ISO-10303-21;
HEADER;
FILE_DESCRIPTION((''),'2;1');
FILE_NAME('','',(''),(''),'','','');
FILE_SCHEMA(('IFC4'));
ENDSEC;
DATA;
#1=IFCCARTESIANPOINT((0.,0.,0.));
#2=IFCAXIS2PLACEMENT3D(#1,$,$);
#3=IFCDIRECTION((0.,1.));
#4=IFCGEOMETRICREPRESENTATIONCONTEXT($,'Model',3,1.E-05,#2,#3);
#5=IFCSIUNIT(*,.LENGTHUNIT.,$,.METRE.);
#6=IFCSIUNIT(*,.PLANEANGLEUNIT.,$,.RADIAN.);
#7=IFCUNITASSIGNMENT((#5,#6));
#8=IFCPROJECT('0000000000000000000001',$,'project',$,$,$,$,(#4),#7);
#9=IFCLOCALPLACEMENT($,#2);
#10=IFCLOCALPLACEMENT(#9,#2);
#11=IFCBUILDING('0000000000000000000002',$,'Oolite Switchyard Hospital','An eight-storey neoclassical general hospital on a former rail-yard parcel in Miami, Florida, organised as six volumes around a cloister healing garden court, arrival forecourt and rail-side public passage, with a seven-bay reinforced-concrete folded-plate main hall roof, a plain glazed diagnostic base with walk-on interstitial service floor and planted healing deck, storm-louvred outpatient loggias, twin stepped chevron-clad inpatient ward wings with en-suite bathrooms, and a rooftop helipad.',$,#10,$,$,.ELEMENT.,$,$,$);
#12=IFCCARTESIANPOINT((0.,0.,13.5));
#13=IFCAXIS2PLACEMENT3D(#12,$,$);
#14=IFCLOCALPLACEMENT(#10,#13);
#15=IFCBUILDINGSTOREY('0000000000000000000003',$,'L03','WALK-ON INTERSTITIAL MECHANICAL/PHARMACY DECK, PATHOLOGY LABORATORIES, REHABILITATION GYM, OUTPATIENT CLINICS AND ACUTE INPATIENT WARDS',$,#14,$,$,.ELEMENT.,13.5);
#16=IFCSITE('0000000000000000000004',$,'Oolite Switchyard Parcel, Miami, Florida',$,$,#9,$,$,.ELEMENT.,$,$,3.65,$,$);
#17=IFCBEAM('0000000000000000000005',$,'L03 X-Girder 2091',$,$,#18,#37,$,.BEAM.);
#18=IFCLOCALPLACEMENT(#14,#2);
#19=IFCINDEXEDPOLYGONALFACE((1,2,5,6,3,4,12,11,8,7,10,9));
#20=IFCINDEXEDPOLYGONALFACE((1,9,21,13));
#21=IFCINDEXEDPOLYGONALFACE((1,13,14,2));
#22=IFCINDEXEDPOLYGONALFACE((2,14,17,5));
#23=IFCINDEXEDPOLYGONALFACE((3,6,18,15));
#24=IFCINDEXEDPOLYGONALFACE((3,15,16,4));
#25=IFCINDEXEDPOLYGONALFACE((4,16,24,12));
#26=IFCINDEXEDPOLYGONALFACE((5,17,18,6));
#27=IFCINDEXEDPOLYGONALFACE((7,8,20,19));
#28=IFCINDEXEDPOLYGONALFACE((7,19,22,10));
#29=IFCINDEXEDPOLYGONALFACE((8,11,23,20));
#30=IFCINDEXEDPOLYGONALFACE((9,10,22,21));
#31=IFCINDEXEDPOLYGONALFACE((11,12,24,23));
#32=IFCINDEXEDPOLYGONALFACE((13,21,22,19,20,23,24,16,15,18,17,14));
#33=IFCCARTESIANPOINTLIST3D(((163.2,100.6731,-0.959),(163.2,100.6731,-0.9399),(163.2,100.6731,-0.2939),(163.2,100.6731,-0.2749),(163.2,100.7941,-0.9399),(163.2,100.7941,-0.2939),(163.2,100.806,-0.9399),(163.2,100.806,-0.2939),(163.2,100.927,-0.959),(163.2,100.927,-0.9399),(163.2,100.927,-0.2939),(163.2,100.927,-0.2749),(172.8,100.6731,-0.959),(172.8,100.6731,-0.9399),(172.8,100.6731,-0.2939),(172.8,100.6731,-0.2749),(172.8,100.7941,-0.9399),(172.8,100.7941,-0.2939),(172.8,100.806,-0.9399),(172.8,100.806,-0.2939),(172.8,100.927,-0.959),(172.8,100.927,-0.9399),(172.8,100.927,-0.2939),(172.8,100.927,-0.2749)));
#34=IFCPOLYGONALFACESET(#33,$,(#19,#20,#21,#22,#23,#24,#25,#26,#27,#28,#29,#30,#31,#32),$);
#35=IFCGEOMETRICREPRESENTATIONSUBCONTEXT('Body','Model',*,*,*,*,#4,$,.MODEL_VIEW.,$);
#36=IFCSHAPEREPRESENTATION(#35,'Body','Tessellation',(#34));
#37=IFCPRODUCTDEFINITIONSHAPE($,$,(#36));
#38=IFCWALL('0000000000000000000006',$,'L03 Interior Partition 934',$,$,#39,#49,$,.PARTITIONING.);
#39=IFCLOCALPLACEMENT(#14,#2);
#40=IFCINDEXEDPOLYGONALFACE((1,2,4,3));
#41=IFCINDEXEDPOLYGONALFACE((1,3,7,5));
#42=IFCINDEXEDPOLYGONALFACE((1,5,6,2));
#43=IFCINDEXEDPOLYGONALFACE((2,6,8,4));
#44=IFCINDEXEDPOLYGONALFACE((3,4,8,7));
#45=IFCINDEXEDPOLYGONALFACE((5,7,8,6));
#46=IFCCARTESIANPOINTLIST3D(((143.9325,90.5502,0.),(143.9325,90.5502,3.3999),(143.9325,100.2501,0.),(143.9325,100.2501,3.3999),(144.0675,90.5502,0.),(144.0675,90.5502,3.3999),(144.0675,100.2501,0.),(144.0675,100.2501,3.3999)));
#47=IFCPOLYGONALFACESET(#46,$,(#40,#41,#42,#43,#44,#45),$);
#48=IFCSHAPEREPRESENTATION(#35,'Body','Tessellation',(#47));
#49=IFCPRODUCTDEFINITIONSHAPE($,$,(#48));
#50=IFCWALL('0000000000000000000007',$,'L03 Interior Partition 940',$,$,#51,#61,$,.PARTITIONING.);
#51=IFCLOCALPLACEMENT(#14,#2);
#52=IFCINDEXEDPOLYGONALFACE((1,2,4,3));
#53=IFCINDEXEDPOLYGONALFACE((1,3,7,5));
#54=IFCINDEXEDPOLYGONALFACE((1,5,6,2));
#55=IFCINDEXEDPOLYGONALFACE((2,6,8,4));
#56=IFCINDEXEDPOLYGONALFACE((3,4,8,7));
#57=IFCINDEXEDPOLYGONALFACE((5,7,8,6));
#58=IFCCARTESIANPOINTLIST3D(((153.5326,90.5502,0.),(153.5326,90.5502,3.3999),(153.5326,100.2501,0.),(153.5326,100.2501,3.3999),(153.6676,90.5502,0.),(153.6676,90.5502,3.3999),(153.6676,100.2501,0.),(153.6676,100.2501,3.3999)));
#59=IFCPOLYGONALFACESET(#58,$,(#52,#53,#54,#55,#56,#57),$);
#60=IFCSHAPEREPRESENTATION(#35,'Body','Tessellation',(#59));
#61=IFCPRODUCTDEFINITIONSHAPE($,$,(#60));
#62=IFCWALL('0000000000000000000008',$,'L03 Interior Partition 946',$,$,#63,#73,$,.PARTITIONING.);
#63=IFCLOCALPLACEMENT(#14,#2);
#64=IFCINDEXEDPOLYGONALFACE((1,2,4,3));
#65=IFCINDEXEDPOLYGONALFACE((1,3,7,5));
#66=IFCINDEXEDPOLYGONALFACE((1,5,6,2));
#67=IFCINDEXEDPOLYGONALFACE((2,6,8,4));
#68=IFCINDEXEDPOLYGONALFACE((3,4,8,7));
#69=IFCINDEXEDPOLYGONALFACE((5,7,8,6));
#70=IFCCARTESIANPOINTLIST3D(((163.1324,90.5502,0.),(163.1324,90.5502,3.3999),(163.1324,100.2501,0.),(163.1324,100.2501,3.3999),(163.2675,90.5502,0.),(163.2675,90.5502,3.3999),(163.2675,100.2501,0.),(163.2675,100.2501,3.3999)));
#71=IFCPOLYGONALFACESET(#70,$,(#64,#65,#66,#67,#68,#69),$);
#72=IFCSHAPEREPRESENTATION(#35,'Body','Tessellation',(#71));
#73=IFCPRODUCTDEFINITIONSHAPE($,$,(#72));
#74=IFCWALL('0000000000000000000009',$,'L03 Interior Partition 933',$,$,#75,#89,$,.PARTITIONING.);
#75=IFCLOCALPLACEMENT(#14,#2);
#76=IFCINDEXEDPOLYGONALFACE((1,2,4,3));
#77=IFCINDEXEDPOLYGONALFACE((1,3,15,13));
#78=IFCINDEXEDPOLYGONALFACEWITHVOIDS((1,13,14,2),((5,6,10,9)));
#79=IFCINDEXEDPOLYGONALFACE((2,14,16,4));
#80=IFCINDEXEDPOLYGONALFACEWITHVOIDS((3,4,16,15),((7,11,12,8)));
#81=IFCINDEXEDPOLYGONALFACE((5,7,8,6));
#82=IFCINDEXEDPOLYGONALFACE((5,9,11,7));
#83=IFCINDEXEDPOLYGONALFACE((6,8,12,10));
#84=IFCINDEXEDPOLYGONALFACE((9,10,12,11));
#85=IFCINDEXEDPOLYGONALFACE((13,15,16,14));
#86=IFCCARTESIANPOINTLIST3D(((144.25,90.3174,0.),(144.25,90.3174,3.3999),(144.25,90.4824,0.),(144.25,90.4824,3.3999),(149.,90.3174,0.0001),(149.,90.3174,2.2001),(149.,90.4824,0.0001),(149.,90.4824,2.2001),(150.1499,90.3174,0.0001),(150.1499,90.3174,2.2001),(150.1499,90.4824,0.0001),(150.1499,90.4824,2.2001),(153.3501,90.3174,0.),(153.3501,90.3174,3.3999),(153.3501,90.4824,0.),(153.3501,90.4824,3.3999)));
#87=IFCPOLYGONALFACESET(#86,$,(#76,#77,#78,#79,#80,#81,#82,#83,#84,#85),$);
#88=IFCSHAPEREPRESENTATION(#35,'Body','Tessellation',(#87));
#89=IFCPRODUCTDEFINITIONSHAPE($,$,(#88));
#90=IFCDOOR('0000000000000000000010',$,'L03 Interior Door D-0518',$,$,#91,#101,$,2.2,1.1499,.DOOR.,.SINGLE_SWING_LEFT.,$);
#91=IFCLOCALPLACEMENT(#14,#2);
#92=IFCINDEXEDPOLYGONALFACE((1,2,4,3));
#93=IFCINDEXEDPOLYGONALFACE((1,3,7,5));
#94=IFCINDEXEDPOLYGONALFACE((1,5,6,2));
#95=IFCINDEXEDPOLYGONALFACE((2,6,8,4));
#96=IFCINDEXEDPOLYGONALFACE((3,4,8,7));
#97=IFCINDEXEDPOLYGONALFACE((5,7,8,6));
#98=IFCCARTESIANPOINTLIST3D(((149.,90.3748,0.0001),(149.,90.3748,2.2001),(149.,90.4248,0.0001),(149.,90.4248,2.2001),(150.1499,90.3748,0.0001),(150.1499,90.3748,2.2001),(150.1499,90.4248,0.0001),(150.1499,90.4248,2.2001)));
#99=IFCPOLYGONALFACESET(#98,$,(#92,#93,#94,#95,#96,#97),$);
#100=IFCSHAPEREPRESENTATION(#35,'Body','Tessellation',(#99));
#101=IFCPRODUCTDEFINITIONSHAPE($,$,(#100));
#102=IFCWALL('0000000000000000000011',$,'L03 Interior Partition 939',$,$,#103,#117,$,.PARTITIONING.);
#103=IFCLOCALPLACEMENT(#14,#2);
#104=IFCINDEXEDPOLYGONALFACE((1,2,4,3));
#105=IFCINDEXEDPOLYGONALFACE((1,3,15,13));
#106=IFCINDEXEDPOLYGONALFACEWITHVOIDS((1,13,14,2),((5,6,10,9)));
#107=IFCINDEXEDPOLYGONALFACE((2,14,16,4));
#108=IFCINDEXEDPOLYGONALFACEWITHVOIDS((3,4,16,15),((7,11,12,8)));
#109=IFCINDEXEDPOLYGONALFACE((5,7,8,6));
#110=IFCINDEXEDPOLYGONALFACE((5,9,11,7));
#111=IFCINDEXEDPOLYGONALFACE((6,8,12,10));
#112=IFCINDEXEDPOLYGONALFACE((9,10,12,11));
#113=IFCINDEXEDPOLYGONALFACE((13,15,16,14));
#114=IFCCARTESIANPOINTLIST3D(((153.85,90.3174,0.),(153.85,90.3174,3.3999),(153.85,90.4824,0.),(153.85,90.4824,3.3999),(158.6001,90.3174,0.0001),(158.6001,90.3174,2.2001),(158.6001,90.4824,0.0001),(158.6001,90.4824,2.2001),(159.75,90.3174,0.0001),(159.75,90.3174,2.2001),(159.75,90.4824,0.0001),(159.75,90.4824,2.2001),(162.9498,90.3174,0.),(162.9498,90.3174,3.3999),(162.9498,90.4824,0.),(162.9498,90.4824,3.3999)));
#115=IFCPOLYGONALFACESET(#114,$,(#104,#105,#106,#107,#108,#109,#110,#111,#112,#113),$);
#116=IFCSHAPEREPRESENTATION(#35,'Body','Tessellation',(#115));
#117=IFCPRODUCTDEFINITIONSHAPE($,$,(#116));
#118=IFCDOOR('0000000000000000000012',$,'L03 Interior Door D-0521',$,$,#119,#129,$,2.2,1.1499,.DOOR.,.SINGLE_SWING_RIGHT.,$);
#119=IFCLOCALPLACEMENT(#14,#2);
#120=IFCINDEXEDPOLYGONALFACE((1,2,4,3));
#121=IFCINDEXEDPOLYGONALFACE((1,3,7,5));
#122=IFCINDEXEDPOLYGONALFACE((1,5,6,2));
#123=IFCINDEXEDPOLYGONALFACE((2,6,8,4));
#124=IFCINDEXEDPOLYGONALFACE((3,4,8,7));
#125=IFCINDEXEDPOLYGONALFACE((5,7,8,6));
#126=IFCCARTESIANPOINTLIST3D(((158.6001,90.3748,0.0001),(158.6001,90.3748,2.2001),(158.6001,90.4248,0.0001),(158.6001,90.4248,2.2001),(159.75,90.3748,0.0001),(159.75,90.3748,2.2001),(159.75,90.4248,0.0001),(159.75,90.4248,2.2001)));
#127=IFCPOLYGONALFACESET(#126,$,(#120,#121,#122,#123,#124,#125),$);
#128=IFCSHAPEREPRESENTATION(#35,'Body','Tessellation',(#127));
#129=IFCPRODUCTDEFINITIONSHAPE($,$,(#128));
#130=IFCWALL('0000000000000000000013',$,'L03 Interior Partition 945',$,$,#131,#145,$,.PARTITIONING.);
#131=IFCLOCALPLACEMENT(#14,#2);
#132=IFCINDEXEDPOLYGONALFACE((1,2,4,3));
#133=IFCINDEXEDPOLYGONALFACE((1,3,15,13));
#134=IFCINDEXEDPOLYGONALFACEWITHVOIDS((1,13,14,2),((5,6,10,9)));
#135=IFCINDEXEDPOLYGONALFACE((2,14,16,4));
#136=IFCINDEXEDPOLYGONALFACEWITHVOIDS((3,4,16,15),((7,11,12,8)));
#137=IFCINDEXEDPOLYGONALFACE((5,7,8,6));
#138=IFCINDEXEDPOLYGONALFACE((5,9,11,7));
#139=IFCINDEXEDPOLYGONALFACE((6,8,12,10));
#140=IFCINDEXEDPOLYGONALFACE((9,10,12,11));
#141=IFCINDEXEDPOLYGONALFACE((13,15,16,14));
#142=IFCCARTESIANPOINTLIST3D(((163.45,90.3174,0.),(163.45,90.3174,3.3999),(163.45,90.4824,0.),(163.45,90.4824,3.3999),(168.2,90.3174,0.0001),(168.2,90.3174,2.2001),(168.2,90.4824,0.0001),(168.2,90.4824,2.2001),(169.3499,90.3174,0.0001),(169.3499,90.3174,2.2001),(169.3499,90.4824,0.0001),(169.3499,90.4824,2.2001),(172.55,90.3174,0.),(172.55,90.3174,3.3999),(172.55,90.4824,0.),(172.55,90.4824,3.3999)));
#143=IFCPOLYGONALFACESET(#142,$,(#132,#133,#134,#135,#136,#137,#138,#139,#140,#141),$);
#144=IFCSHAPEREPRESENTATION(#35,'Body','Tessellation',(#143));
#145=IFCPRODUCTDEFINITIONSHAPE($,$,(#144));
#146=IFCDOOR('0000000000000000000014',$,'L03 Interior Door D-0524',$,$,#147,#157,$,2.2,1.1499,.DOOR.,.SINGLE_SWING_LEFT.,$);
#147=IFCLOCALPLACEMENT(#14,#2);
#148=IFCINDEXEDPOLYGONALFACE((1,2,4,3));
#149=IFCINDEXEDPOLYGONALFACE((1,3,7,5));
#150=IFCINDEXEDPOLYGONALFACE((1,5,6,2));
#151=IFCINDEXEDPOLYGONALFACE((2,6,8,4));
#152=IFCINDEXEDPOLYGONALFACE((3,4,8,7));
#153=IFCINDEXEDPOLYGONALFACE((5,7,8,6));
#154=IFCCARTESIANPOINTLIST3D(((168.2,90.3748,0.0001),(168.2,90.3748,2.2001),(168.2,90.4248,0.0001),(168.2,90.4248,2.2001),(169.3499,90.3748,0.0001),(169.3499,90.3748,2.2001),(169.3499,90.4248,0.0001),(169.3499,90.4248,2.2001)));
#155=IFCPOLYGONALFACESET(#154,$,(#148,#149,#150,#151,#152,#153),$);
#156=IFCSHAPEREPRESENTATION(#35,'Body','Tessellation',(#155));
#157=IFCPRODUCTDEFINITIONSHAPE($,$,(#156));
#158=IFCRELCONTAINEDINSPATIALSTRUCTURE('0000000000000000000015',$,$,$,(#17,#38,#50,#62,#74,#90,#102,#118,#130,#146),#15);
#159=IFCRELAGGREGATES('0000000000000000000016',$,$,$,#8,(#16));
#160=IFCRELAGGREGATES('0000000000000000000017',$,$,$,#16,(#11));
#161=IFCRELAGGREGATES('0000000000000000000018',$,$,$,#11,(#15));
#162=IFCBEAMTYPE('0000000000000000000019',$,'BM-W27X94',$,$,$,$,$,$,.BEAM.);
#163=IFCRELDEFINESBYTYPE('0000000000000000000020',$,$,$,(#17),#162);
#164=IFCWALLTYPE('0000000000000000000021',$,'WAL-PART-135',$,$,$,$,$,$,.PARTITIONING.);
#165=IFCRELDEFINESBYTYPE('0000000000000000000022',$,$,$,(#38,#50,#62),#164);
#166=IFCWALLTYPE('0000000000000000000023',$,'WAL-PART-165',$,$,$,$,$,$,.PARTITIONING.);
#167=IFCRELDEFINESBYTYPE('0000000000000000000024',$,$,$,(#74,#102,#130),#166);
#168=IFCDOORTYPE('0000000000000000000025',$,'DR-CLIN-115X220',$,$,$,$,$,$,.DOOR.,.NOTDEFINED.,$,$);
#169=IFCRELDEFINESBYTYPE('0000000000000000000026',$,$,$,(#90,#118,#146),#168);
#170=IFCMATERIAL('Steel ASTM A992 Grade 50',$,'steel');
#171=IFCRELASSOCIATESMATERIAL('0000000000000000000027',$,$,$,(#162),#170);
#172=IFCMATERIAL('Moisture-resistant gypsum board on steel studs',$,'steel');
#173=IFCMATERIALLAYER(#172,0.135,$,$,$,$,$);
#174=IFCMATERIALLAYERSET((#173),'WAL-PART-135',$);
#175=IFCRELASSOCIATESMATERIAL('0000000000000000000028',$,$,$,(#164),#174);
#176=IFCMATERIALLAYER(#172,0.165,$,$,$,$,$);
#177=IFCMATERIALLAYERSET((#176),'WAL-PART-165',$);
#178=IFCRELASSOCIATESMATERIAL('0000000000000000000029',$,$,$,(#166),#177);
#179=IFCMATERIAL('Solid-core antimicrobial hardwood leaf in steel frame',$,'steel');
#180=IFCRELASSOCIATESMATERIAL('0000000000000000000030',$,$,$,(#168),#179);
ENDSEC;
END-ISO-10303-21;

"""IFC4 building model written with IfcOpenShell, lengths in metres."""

from ifc_helpers import new_model, si_unit, direction, frame, frame_2d, origin, origin_2d, place, context, subcontext, project, spatial, rectangle, i_section, extrude, material, layer, layer_set, material_profile, profile_set, type_object, element, fill, save


model = new_model("IFC4")

# Units and contexts
model_context = context("Model", 3, precision=1e-05, world=origin(), true_north=direction((0.0, 1.0)))
body_context = subcontext(model_context, "Body", "Model", "MODEL_VIEW")
ifc_project = project(units=[si_unit("LENGTHUNIT", "METRE"), si_unit("PLANEANGLEUNIT", "RADIAN")], contexts=[model_context])

# Site, building, storey
site_placement = place(None, origin())
site = spatial("IfcSite", under=ifc_project, at=site_placement, Name="Oolite Switchyard Parcel, Miami, Florida", CompositionType="ELEMENT", RefElevation=3.65)
building_placement = place(site_placement, origin())
building = spatial("IfcBuilding", under=site, at=building_placement, Name="Oolite Switchyard Hospital", Description="An eight-storey neoclassical general hospital on a former rail-yard parcel in Miami, Florida, organised as six volumes around a cloister healing garden court, arrival forecourt and rail-side public passage, with a seven-bay reinforced-concrete folded-plate main hall roof, a plain glazed diagnostic base with walk-on interstitial service floor and planted healing deck, storm-louvred outpatient loggias, twin stepped chevron-clad inpatient ward wings with en-suite bathrooms, and a rooftop helipad.", CompositionType="ELEMENT")
storey_placement = place(building_placement, frame((0.0, 0.0, 13.5)))
storey = spatial("IfcBuildingStorey", under=building, at=storey_placement, Name="L03", Description="WALK-ON INTERSTITIAL MECHANICAL/PHARMACY DECK, PATHOLOGY LABORATORIES, REHABILITATION GYM, OUTPATIENT CLINICS AND ACUTE INPATIENT WARDS", CompositionType="ELEMENT", Elevation=13.5)

# Beam
ifc_material_1 = material(Name="Steel ASTM A992 Grade 50", Category="steel")
ifc_material_profile_1 = material_profile(ifc_material_1, i_section(OverallWidth=0.2539, OverallDepth=0.6841, WebThickness=0.012, FlangeThickness=0.019, at=origin_2d()), Name="W27X94")
ifc_profile_set_1 = profile_set([ifc_material_profile_1], Name="Steel ASTM A992 Grade 50")
beam_type_1 = type_object("IfcBeamType", Name="BM-W27X94", PredefinedType="BEAM", material=ifc_profile_set_1)
beam_1_placement = place(storey_placement, frame((163.2, 100.8, -0.6169), z_axis=(1.0, 0.0, 0.0), x_axis=(0.0, 1.0, 0.0)))
element("IfcBeam", 1, at=beam_1_placement, inside=storey, type_object=beam_type_1, Name="L03 X-Girder 2091", PredefinedType="BEAM", context=body_context, shape_type="SweptSolid", body=[
    extrude(i_section(OverallWidth=0.2539, OverallDepth=0.6841, WebThickness=0.012, FlangeThickness=0.019, at=origin_2d()), origin(), (0.0, 0.0, 1.0), 9.6001),
])

# Walls
ifc_material_2 = material(Name="Moisture-resistant gypsum board on steel studs", Category="steel")
ifc_layer_1 = layer(ifc_material_2, 0.135)
ifc_layer_set_1 = layer_set([ifc_layer_1], Name="WAL-PART-135")
wall_type_1 = type_object("IfcWallType", Name="WAL-PART-135", PredefinedType="PARTITIONING", material=ifc_layer_set_1)
for number, where, z_axis, x_axis, name in (
    (2, (144.0, 90.55, 0.0), (0.0, 0.0, 1.0), (0.0, 1.0, 0.0), "L03 Interior Partition 934"),
    (3, (153.6001, 90.55, 0.0), (0.0, 0.0, 1.0), (0.0, 1.0, 0.0), "L03 Interior Partition 940"),
    (4, (163.2, 90.55, 0.0), (0.0, 0.0, 1.0), (0.0, 1.0, 0.0), "L03 Interior Partition 946"),
):
    element("IfcWall", number, at=place(storey_placement, frame(where, z_axis=z_axis, x_axis=x_axis)), inside=storey, type_object=wall_type_1, Name=name, PredefinedType="PARTITIONING", context=body_context, shape_type="SweptSolid", body=[
        extrude(rectangle(XDim=9.7, YDim=0.135, at=frame_2d((4.8501, 0.0))), origin(), (0.0, 0.0, 1.0), 3.3999),
    ])

# Walls, openings, doors
ifc_layer_2 = layer(ifc_material_2, 0.165)
ifc_layer_set_2 = layer_set([ifc_layer_2], Name="WAL-PART-165")
wall_type_2 = type_object("IfcWallType", Name="WAL-PART-165", PredefinedType="PARTITIONING", material=ifc_layer_set_2)
wall_1_placement = place(storey_placement, frame((144.25, 90.3999, 0.0), z_axis=(0.0, 0.0, 1.0), x_axis=(1.0, 0.0, 0.0)))
wall_1 = element("IfcWall", 5, at=wall_1_placement, inside=storey, type_object=wall_type_2, Name="L03 Interior Partition 933", PredefinedType="PARTITIONING", context=body_context, shape_type="SweptSolid", body=[
    extrude(rectangle(XDim=9.1001, YDim=0.165, at=frame_2d((4.55, 0.0))), origin(), (0.0, 0.0, 1.0), 3.3999),
])
opening_1_placement = place(wall_1_placement, frame((4.75, 0.0, 0.0)))
opening_1 = element("IfcOpeningElement", 6, at=opening_1_placement, cuts=wall_1, PredefinedType="OPENING", context=body_context, shape_type="SweptSolid", body=[
    extrude(rectangle(XDim=1.1499, YDim=2.2, at=frame_2d((0.575, 1.1001))), frame((0.0, 0.0925, 0.0), z_axis=(0.0, -1.0, 0.0), x_axis=(1.0, 0.0, 0.0)), (0.0, 0.0, 1.0), 0.1851),
])
ifc_material_3 = material(Name="Solid-core antimicrobial hardwood leaf in steel frame", Category="steel")
door_type = type_object("IfcDoorType", Name="DR-CLIN-115X220", OperationType="NOTDEFINED", PredefinedType="DOOR", material=ifc_material_3)
door_1_placement = place(opening_1_placement, origin())
door_1 = element("IfcDoor", 7, at=door_1_placement, inside=storey, type_object=door_type, Name="L03 Interior Door D-0518", OperationType="SINGLE_SWING_LEFT", OverallHeight=2.2, OverallWidth=1.1499, PredefinedType="DOOR", context=body_context, shape_type="SweptSolid", body=[
    extrude(rectangle(XDim=1.1499, YDim=2.2, at=frame_2d((0.575, 1.1001))), frame((0.0, 0.0249, 0.0), z_axis=(0.0, -1.0, 0.0), x_axis=(1.0, 0.0, 0.0)), (0.0, 0.0, 1.0), 0.05),
])
fill(opening_1, door_1)
wall_2_placement = place(storey_placement, frame((153.8501, 90.3999, 0.0), z_axis=(0.0, 0.0, 1.0), x_axis=(1.0, 0.0, 0.0)))
wall_2 = element("IfcWall", 8, at=wall_2_placement, inside=storey, type_object=wall_type_2, Name="L03 Interior Partition 939", PredefinedType="PARTITIONING", context=body_context, shape_type="SweptSolid", body=[
    extrude(rectangle(XDim=9.0999, YDim=0.165, at=frame_2d((4.5498, 0.0))), origin(), (0.0, 0.0, 1.0), 3.3999),
])
opening_2_placement = place(wall_2_placement, frame((4.75, 0.0, 0.0)))
opening_2 = element("IfcOpeningElement", 9, at=opening_2_placement, cuts=wall_2, PredefinedType="OPENING", context=body_context, shape_type="SweptSolid", body=[
    extrude(rectangle(XDim=1.1499, YDim=2.2, at=frame_2d((0.575, 1.1001))), frame((0.0, 0.0925, 0.0), z_axis=(0.0, -1.0, 0.0), x_axis=(1.0, 0.0, 0.0)), (0.0, 0.0, 1.0), 0.1851),
])
door_2_placement = place(opening_2_placement, origin())
door_2 = element("IfcDoor", 10, at=door_2_placement, inside=storey, type_object=door_type, Name="L03 Interior Door D-0521", OperationType="SINGLE_SWING_RIGHT", OverallHeight=2.2, OverallWidth=1.1499, PredefinedType="DOOR", context=body_context, shape_type="SweptSolid", body=[
    extrude(rectangle(XDim=1.1499, YDim=2.2, at=frame_2d((0.575, 1.1001))), frame((0.0, 0.0249, 0.0), z_axis=(0.0, -1.0, 0.0), x_axis=(1.0, 0.0, 0.0)), (0.0, 0.0, 1.0), 0.05),
])
fill(opening_2, door_2)
wall_3_placement = place(storey_placement, frame((163.45, 90.3999, 0.0), z_axis=(0.0, 0.0, 1.0), x_axis=(1.0, 0.0, 0.0)))
wall_3 = element("IfcWall", 11, at=wall_3_placement, inside=storey, type_object=wall_type_2, Name="L03 Interior Partition 945", PredefinedType="PARTITIONING", context=body_context, shape_type="SweptSolid", body=[
    extrude(rectangle(XDim=9.1001, YDim=0.165, at=frame_2d((4.55, 0.0))), origin(), (0.0, 0.0, 1.0), 3.3999),
])
opening_3_placement = place(wall_3_placement, frame((4.75, 0.0, 0.0)))
opening_3 = element("IfcOpeningElement", 12, at=opening_3_placement, cuts=wall_3, PredefinedType="OPENING", context=body_context, shape_type="SweptSolid", body=[
    extrude(rectangle(XDim=1.1499, YDim=2.2, at=frame_2d((0.575, 1.1001))), frame((0.0, 0.0925, 0.0), z_axis=(0.0, -1.0, 0.0), x_axis=(1.0, 0.0, 0.0)), (0.0, 0.0, 1.0), 0.1851),
])
door_3_placement = place(opening_3_placement, origin())
door_3 = element("IfcDoor", 13, at=door_3_placement, inside=storey, type_object=door_type, Name="L03 Interior Door D-0524", OperationType="SINGLE_SWING_LEFT", OverallHeight=2.2, OverallWidth=1.1499, PredefinedType="DOOR", context=body_context, shape_type="SweptSolid", body=[
    extrude(rectangle(XDim=1.1499, YDim=2.2, at=frame_2d((0.575, 1.1001))), frame((0.0, 0.0249, 0.0), z_axis=(0.0, -1.0, 0.0), x_axis=(1.0, 0.0, 0.0)), (0.0, 0.0, 1.0), 0.05),
])
fill(opening_3, door_3)

save(model, "model.ifc")
